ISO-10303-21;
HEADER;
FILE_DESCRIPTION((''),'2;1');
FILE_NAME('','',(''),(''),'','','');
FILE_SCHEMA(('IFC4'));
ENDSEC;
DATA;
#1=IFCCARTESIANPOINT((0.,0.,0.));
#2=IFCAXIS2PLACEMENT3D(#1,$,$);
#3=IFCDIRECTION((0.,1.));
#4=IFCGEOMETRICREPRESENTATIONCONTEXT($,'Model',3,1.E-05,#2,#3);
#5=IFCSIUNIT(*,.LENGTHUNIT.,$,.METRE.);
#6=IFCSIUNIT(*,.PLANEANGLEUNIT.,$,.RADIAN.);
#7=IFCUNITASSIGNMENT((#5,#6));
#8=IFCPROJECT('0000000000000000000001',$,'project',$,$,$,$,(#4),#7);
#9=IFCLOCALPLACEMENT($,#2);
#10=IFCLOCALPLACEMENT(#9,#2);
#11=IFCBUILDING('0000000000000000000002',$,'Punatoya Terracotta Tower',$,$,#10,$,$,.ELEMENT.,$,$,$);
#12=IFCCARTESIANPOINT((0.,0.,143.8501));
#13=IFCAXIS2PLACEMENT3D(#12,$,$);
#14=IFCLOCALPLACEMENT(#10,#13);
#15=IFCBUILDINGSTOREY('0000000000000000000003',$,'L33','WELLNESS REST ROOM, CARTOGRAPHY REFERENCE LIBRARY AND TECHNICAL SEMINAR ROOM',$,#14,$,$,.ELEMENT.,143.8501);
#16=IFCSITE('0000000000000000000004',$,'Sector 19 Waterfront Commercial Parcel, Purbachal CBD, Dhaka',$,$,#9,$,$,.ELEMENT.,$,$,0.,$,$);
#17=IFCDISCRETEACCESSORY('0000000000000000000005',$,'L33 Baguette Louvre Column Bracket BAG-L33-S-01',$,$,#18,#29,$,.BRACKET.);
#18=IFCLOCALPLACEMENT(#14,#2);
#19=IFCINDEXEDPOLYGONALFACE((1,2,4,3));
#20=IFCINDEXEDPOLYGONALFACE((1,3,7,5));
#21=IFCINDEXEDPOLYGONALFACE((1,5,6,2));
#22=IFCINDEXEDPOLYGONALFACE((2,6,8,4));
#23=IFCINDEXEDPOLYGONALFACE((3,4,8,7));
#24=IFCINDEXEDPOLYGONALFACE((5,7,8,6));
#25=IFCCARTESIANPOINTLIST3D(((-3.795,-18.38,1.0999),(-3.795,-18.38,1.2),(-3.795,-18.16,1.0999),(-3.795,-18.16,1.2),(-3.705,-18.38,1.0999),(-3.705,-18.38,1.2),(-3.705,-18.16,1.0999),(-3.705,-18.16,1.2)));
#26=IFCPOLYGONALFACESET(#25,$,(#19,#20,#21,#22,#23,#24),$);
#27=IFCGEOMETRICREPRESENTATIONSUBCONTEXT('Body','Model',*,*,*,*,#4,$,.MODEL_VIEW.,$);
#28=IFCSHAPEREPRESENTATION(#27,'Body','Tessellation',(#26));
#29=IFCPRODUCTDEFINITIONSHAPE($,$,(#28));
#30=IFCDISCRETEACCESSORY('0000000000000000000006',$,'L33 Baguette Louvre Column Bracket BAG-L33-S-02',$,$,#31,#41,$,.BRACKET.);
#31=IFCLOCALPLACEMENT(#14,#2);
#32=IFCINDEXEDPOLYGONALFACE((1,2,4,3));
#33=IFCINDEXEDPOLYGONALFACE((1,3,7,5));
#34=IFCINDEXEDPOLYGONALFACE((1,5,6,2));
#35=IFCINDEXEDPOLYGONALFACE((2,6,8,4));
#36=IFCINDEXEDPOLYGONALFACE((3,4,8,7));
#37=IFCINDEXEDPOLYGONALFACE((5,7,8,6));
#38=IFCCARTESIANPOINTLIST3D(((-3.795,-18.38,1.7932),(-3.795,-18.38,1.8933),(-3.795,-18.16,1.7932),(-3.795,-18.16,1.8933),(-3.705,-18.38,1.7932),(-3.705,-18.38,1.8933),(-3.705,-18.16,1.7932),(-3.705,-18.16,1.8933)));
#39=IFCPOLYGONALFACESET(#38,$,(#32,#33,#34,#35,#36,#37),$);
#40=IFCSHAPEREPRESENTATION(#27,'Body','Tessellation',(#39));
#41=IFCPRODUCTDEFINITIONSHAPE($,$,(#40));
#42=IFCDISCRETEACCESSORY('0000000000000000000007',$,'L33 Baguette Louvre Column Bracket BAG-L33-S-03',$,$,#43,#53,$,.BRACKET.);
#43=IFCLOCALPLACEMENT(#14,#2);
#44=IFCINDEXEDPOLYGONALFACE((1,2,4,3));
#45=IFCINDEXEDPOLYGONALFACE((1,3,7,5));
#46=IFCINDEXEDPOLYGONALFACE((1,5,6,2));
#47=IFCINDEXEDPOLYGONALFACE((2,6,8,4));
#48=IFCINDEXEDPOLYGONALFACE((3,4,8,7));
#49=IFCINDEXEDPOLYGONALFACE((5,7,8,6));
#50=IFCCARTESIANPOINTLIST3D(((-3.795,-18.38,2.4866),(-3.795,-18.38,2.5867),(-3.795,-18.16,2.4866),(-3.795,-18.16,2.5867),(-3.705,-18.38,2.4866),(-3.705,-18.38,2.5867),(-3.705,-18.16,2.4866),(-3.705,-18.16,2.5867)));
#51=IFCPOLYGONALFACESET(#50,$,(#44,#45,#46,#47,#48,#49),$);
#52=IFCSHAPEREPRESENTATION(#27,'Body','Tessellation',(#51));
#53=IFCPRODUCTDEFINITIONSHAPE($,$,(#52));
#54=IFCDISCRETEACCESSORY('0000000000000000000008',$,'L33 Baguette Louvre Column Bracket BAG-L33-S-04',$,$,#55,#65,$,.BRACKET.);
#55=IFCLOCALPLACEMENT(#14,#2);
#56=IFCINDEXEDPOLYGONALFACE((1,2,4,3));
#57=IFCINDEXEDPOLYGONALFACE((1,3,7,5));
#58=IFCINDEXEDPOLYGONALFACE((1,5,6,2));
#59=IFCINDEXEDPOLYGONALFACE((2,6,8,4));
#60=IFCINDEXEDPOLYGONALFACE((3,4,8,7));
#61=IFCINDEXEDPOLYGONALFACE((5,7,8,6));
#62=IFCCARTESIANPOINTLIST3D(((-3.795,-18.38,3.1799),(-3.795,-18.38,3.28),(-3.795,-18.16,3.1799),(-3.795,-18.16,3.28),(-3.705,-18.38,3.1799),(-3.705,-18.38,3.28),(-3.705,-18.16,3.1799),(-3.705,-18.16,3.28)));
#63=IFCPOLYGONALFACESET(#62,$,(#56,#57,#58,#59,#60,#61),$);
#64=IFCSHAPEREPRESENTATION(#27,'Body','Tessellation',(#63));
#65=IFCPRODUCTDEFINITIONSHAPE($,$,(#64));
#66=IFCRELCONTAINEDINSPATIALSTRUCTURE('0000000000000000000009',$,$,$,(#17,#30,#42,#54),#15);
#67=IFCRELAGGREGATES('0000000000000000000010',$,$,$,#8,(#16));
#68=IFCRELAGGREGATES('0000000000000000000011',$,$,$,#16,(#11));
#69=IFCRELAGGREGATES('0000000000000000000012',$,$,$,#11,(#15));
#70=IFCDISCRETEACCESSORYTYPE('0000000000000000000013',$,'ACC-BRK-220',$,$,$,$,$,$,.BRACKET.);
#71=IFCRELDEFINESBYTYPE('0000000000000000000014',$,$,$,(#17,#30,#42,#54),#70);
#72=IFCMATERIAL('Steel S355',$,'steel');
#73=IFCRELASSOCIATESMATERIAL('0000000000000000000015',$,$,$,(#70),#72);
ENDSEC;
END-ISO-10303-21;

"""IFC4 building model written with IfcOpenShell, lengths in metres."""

from ifc_helpers import new_model, si_unit, direction, frame, origin, origin_2d, place, context, subcontext, project, spatial, rectangle, extrude, material, type_object, element, save


model = new_model("IFC4")

# Units and contexts
model_context = context("Model", 3, precision=1e-05, world=origin(), true_north=direction((0.0, 1.0)))
body_context = subcontext(model_context, "Body", "Model", "MODEL_VIEW")
ifc_project = project(units=[si_unit("LENGTHUNIT", "METRE"), si_unit("PLANEANGLEUNIT", "RADIAN")], contexts=[model_context])

# Site, building, storey
site_placement = place(None, origin())
site = spatial("IfcSite", under=ifc_project, at=site_placement, Name="Sector 19 Waterfront Commercial Parcel, Purbachal CBD, Dhaka", CompositionType="ELEMENT", RefElevation=0.0)
building_placement = place(site_placement, origin())
building = spatial("IfcBuilding", under=site, at=building_placement, Name="Punatoya Terracotta Tower", CompositionType="ELEMENT")
storey_placement = place(building_placement, frame((0.0, 0.0, 143.8501)))
storey = spatial("IfcBuildingStorey", under=building, at=storey_placement, Name="L33", Description="WELLNESS REST ROOM, CARTOGRAPHY REFERENCE LIBRARY AND TECHNICAL SEMINAR ROOM", CompositionType="ELEMENT", Elevation=143.8501)

# Shared definitions
ifc_material_1 = material(Name="Steel S355", Category="steel")

# Discrete accessories
discrete_accessory_type = type_object("IfcDiscreteAccessoryType", Name="ACC-BRK-220", PredefinedType="BRACKET", material=ifc_material_1)
for number, where, z_axis, x_axis, name in (
    (1, (-3.75, -18.27, 1.0999), (0.0, 0.0, 1.0), (1.0, 0.0, 0.0), "L33 Baguette Louvre Column Bracket BAG-L33-S-01"),
    (2, (-3.75, -18.27, 1.7932), (0.0, 0.0, 1.0), (1.0, 0.0, 0.0), "L33 Baguette Louvre Column Bracket BAG-L33-S-02"),
    (3, (-3.75, -18.27, 2.4866), (0.0, 0.0, 1.0), (1.0, 0.0, 0.0), "L33 Baguette Louvre Column Bracket BAG-L33-S-03"),
    (4, (-3.75, -18.27, 3.1799), (0.0, 0.0, 1.0), (1.0, 0.0, 0.0), "L33 Baguette Louvre Column Bracket BAG-L33-S-04"),
):
    element("IfcDiscreteAccessory", number, at=place(storey_placement, frame(where, z_axis=z_axis, x_axis=x_axis)), inside=storey, type_object=discrete_accessory_type, Name=name, PredefinedType="BRACKET", context=body_context, shape_type="SweptSolid", body=[
        extrude(rectangle(XDim=0.0901, YDim=0.22, at=origin_2d()), origin(), (0.0, 0.0, 1.0), 0.1001),
    ])

save(model, "model.ifc")
